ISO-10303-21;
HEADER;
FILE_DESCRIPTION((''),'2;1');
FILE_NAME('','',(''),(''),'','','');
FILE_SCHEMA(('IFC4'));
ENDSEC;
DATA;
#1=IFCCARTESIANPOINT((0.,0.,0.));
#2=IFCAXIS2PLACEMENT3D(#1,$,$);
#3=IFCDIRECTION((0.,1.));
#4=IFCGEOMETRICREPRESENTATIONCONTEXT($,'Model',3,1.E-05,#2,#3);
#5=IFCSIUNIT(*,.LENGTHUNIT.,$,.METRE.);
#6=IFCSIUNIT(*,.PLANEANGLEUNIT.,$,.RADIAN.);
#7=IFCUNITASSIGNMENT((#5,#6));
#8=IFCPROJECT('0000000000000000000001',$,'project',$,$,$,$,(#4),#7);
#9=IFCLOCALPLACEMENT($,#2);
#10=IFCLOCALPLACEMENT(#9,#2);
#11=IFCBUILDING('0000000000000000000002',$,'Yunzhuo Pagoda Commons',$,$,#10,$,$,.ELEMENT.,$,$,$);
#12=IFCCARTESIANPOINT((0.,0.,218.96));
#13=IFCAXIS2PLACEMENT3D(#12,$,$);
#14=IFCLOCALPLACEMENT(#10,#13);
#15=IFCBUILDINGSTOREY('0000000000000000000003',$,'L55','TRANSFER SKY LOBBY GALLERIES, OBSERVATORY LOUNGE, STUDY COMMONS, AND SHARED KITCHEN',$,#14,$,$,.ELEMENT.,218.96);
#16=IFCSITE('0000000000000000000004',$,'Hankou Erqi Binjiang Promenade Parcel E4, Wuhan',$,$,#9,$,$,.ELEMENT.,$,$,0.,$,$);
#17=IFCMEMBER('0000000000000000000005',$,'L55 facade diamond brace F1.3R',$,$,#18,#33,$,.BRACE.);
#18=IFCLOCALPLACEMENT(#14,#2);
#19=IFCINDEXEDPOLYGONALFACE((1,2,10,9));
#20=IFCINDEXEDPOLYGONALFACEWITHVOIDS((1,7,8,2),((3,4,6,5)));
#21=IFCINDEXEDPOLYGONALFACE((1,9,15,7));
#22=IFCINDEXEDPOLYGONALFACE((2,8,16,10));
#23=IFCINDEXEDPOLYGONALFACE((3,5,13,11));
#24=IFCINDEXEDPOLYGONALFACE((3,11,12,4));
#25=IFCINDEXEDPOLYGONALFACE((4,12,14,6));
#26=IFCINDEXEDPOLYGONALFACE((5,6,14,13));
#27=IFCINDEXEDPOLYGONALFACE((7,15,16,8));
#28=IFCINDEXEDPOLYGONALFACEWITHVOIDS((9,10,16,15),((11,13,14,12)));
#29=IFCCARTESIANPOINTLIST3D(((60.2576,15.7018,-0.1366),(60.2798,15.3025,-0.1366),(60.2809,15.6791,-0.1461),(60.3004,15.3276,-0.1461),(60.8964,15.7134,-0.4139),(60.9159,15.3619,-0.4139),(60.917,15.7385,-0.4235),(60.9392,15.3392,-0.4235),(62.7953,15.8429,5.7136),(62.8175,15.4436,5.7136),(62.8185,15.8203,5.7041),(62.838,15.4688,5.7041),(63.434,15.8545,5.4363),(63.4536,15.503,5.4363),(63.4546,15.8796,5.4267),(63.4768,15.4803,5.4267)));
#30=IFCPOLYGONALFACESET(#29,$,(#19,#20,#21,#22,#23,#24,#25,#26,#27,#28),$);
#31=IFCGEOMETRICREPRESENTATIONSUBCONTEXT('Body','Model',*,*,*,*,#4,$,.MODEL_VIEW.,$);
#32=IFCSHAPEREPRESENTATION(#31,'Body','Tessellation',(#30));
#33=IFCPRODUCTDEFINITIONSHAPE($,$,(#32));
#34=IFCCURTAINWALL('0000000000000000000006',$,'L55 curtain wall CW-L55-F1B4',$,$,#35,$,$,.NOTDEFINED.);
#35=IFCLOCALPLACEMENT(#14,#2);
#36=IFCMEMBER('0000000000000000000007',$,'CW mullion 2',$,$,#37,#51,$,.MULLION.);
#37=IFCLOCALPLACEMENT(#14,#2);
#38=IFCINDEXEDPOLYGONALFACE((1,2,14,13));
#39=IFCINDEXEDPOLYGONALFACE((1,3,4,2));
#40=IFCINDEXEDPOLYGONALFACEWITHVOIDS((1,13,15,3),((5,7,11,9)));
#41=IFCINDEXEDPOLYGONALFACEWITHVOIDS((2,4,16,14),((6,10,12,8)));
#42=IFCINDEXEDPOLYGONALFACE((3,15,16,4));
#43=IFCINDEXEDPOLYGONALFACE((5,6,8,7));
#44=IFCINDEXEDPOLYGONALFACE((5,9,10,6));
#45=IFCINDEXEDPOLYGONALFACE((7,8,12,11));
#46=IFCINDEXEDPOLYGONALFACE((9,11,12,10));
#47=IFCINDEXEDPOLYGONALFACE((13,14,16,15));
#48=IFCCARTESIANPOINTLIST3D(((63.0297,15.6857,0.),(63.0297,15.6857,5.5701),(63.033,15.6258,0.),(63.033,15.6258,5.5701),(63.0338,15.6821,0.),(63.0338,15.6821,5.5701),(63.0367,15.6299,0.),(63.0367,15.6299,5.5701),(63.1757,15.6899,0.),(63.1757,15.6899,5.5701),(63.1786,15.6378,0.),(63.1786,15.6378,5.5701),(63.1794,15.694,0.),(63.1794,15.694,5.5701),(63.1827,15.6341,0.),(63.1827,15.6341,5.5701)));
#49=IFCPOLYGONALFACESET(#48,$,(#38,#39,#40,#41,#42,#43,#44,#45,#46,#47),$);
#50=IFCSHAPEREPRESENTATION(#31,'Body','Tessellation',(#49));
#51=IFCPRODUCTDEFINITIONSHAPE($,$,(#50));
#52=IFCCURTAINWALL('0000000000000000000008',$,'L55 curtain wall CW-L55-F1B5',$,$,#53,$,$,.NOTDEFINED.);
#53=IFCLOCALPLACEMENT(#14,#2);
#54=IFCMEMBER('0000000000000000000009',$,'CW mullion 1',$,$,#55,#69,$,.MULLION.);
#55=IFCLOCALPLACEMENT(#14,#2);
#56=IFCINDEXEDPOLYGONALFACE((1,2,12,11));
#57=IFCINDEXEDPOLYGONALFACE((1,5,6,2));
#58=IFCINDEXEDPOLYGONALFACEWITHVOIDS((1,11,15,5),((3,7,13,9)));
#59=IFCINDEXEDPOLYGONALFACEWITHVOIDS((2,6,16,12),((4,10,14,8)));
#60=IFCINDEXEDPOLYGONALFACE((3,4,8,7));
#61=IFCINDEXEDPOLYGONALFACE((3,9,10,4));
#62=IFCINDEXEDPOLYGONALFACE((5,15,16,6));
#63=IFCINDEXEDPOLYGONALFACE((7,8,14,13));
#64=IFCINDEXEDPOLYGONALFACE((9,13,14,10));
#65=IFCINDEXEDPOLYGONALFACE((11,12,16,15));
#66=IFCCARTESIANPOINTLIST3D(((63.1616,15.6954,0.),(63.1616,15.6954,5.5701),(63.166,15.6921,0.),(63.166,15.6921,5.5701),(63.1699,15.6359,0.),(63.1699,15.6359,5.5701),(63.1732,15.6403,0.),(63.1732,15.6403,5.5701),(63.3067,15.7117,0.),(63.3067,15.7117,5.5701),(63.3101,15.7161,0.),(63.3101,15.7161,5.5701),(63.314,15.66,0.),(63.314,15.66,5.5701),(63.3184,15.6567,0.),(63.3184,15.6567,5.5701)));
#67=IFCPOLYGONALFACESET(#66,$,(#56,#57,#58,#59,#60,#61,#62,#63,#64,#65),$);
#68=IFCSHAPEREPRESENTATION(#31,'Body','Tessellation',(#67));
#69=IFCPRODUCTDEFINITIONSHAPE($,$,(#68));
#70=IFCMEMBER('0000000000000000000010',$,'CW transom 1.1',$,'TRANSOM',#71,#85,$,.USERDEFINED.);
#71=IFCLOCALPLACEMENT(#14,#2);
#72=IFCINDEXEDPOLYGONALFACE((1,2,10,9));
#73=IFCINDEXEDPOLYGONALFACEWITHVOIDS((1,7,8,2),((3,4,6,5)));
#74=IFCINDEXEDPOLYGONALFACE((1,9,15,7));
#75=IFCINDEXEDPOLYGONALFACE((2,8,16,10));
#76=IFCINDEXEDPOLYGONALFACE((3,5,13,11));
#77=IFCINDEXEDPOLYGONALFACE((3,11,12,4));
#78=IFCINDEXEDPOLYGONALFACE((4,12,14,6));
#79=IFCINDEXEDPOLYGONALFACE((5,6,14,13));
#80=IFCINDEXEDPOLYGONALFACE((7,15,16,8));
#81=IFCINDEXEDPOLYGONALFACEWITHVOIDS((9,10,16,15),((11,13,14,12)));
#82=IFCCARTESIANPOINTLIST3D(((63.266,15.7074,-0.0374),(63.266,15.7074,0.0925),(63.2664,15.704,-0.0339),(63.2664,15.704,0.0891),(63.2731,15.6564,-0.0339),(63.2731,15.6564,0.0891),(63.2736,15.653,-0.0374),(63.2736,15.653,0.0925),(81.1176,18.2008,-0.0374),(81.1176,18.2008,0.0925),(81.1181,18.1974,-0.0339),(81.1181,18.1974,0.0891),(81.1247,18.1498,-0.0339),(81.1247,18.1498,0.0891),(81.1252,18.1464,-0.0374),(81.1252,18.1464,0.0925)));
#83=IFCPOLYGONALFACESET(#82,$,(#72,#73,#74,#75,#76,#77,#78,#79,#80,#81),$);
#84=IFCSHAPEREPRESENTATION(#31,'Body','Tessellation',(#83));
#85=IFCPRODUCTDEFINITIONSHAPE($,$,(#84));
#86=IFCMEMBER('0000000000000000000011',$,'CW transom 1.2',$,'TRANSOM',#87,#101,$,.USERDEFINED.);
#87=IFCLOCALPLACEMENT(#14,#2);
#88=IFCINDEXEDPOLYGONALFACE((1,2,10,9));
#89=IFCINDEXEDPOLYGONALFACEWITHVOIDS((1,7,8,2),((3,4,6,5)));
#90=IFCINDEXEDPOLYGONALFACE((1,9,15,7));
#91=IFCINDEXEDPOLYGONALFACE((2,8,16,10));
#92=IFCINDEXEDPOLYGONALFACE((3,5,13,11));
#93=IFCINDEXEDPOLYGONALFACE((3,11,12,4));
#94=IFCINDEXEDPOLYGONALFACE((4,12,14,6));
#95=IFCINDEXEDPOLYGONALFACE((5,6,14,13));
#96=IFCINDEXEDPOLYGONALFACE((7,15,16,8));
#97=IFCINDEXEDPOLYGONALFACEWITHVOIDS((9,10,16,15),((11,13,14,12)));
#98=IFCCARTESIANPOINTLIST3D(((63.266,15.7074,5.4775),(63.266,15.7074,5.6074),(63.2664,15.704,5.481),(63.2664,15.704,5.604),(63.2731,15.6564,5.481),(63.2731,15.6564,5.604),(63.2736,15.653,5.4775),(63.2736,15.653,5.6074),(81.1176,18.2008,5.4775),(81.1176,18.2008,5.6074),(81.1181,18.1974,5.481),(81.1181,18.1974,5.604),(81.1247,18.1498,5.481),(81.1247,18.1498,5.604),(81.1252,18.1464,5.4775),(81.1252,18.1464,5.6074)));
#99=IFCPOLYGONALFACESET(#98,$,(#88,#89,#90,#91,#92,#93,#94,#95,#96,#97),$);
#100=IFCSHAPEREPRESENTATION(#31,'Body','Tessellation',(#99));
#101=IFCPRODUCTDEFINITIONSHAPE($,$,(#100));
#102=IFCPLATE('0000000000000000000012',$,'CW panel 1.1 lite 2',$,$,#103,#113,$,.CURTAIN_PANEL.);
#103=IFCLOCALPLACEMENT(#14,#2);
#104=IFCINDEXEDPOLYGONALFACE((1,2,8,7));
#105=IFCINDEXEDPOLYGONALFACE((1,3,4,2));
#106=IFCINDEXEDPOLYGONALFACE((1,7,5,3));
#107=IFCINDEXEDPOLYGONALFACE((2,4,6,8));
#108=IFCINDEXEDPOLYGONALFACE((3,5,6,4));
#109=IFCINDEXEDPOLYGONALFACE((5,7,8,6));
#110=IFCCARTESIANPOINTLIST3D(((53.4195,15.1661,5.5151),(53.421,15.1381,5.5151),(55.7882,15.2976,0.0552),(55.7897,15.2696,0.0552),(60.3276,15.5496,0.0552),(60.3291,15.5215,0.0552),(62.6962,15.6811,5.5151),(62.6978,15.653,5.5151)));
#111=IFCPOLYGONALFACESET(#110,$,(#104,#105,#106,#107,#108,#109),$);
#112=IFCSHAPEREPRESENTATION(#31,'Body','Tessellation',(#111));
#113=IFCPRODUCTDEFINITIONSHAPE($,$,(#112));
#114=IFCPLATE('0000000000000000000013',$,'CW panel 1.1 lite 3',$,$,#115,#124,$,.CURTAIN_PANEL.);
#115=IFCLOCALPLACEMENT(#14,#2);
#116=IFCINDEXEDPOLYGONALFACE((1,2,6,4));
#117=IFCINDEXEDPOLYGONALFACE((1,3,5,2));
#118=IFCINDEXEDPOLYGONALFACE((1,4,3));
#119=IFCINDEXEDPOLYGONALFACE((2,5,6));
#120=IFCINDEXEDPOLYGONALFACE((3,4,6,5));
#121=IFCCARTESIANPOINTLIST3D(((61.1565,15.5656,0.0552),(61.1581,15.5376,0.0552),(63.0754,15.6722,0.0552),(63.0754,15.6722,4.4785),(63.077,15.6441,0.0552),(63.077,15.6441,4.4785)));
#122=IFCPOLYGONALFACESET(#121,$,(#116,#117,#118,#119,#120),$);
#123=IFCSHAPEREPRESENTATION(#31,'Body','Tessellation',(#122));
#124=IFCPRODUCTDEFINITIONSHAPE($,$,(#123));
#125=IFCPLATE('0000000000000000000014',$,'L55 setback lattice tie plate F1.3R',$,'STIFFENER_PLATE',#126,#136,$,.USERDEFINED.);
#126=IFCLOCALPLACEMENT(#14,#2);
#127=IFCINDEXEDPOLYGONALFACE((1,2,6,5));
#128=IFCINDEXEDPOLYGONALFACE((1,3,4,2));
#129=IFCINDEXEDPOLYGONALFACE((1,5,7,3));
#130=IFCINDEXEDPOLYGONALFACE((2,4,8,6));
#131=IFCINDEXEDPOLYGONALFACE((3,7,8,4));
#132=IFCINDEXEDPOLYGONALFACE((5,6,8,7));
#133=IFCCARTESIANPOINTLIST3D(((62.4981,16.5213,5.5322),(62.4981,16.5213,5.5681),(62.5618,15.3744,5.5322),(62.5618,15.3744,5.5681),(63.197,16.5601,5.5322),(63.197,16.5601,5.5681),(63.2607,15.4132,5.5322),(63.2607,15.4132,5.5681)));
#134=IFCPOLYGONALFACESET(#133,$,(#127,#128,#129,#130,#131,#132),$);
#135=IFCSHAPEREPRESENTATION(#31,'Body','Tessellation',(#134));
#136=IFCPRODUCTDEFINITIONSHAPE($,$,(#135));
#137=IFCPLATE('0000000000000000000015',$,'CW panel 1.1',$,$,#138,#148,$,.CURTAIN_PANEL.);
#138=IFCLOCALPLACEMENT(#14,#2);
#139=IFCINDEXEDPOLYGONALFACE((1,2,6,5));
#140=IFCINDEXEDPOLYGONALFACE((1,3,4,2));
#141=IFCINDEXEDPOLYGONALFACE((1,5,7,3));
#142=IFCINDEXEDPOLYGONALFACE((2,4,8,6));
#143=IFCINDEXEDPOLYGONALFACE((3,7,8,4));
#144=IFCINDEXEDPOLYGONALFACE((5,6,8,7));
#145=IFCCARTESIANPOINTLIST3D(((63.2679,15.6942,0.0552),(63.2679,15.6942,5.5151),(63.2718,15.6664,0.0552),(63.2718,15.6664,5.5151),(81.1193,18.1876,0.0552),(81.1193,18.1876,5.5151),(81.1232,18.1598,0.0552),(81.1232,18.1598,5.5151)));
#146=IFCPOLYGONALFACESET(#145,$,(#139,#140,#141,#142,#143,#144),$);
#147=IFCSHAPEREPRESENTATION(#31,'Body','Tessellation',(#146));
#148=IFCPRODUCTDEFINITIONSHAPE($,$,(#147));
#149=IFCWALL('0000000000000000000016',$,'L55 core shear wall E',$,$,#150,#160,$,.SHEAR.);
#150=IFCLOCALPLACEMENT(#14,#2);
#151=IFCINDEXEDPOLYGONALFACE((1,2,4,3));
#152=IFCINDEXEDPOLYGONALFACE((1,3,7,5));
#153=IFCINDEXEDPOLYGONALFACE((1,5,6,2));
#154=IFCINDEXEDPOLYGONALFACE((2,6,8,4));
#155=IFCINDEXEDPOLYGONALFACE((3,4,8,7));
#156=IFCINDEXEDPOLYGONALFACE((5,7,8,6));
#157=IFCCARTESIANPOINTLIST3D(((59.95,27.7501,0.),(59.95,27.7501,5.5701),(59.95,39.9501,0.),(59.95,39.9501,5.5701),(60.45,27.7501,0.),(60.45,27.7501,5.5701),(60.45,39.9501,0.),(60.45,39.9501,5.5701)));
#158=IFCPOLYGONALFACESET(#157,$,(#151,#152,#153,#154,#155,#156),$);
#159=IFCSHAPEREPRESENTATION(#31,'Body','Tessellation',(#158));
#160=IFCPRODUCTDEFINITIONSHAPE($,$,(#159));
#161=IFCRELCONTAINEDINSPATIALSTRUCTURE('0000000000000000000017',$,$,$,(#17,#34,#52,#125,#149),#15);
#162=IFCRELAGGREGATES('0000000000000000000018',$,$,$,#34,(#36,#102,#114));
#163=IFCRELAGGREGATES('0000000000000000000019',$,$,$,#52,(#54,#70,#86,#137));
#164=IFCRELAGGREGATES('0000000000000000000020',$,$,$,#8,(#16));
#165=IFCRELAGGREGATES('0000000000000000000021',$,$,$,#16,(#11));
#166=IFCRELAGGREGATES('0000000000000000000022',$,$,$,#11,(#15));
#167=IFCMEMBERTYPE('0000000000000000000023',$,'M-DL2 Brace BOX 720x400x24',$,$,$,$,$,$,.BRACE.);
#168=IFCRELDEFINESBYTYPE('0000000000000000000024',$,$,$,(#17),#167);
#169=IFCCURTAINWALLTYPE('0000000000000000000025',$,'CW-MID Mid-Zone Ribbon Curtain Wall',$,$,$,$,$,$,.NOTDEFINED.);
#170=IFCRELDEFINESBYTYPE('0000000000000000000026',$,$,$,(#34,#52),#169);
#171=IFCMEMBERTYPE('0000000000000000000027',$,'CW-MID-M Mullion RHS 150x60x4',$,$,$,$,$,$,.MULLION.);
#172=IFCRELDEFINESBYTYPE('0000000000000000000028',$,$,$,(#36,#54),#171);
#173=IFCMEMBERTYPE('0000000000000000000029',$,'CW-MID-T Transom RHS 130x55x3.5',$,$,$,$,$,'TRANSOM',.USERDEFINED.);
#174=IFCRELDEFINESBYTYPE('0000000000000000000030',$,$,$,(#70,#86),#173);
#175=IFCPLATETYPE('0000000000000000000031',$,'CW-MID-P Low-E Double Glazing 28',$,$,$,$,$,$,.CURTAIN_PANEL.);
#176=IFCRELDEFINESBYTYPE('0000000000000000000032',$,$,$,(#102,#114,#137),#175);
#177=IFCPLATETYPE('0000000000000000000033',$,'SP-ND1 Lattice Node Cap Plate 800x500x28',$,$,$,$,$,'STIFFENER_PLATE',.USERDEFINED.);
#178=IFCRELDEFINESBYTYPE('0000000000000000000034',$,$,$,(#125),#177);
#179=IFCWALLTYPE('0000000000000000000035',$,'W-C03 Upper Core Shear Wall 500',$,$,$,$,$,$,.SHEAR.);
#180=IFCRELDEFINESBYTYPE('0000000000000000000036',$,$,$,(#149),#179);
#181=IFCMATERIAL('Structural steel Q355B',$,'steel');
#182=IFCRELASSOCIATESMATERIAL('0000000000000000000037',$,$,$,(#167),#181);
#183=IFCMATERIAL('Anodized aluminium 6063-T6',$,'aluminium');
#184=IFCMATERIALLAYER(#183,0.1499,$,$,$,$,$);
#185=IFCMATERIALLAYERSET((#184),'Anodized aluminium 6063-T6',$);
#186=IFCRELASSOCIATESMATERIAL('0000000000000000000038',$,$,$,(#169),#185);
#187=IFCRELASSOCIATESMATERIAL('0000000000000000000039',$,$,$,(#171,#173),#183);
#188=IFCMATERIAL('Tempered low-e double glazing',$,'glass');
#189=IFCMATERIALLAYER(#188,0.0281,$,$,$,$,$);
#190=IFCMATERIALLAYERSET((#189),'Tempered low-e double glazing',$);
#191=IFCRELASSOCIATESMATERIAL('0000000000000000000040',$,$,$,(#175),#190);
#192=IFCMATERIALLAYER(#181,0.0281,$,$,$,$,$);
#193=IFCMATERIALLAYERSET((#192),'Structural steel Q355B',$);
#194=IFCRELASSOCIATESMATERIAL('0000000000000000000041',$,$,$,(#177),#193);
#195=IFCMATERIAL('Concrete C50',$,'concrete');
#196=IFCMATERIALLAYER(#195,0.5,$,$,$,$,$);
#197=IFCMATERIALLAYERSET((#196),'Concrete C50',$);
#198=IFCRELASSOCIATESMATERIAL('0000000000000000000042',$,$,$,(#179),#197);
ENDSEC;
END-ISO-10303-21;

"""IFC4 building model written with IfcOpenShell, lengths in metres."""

from ifc_helpers import new_model, si_unit, direction, frame, frame_2d, origin, origin_2d, place, context, subcontext, project, spatial, polyline, rectangle, hollow_rectangle, outline, extrude, source, transform, mapped, material, layer, layer_set, material_profile, profile_set, type_object, element, aggregate, save


model = new_model("IFC4")

# Units and contexts
model_context = context("Model", 3, precision=1e-05, world=origin(), true_north=direction((0.0, 1.0)))
body_context = subcontext(model_context, "Body", "Model", "MODEL_VIEW")
ifc_project = project(units=[si_unit("LENGTHUNIT", "METRE"), si_unit("PLANEANGLEUNIT", "RADIAN")], contexts=[model_context])

# Site, building, storey
site_placement = place(None, origin())
site = spatial("IfcSite", under=ifc_project, at=site_placement, Name="Hankou Erqi Binjiang Promenade Parcel E4, Wuhan", CompositionType="ELEMENT", RefElevation=0.0)
building_placement = place(site_placement, origin())
building = spatial("IfcBuilding", under=site, at=building_placement, Name="Yunzhuo Pagoda Commons", CompositionType="ELEMENT")
storey_placement = place(building_placement, frame((0.0, 0.0, 218.96)))
storey = spatial("IfcBuildingStorey", under=building, at=storey_placement, Name="L55", Description="TRANSFER SKY LOBBY GALLERIES, OBSERVATORY LOUNGE, STUDY COMMONS, AND SHARED KITCHEN", CompositionType="ELEMENT", Elevation=218.96)

# Shared definitions
ifc_material_1 = material(Name="Structural steel Q355B", Category="steel")

# Member
ifc_material_profile_1 = material_profile(ifc_material_1, hollow_rectangle(XDim=0.3999, YDim=0.72, WallThickness=0.0239, at=origin_2d()), Name="Structural steel Q355B")
ifc_profile_set_1 = profile_set([ifc_material_profile_1], Name="Structural steel Q355B")
member_type_1 = type_object("IfcMemberType", Name="M-DL2 Brace BOX 720x400x24", PredefinedType="BRACE", material=ifc_profile_set_1)
shared_shape_1 = source(origin(), body_context, "Body", "SweptSolid", [
    extrude(hollow_rectangle(XDim=0.3999, YDim=0.72, WallThickness=0.0239, at=origin_2d()), origin(), (0.0, 0.0, 1.0), 6.3784),
])
for number, where, z_axis, x_axis, name in (
    (1, (60.5984, 15.5205, -0.28), (0.397847, 0.022124, 0.917185), (-0.055523, 0.998457, 0.0), "L55 facade diamond brace F1.3R"),
):
    element("IfcMember", number, at=place(storey_placement, frame(where, z_axis=z_axis, x_axis=x_axis)), inside=storey, type_object=member_type_1, Name=name, PredefinedType="BRACE", context=body_context, shape_type="MappedRepresentation", body=[
        mapped(shared_shape_1, transform((0.0, 0.0, 0.0), scale=1.0)),
    ])

# Curtain wall, member
ifc_material_2 = material(Name="Anodized aluminium 6063-T6", Category="aluminium")
ifc_layer_1 = layer(ifc_material_2, 0.1499)
ifc_layer_set_1 = layer_set([ifc_layer_1], Name="Anodized aluminium 6063-T6")
curtain_wall_type = type_object("IfcCurtainWallType", Name="CW-MID Mid-Zone Ribbon Curtain Wall", PredefinedType="NOTDEFINED", material=ifc_layer_set_1)
curtain_wall_1_placement = place(storey_placement, origin())
curtain_wall_1 = element("IfcCurtainWall", 2, at=curtain_wall_1_placement, inside=storey, type_object=curtain_wall_type, Name="L55 curtain wall CW-L55-F1B4", PredefinedType="NOTDEFINED")
ifc_material_profile_2 = material_profile(ifc_material_2, hollow_rectangle(XDim=0.0601, YDim=0.1499, WallThickness=0.0039, at=origin_2d()), Name="Anodized aluminium 6063-T6")
ifc_profile_set_2 = profile_set([ifc_material_profile_2], Name="Anodized aluminium 6063-T6")
member_type_2 = type_object("IfcMemberType", Name="CW-MID-M Mullion RHS 150x60x4", PredefinedType="MULLION", material=ifc_profile_set_2)
shared_shape_2 = source(origin(), body_context, "Body", "SweptSolid", [
    extrude(hollow_rectangle(XDim=0.0601, YDim=0.1499, WallThickness=0.0039, at=origin_2d()), origin(), (0.0, 0.0, 1.0), 5.5701),
])
member_1_placement = place(storey_placement, frame((63.1062, 15.6599, 0.0), z_axis=(0.0, 0.0, 1.0), x_axis=(-0.055423, 0.998463, 0.0)))
member_1 = element("IfcMember", 3, at=member_1_placement, type_object=member_type_2, Name="CW mullion 2", PredefinedType="MULLION", context=body_context, shape_type="MappedRepresentation", body=[
    mapped(shared_shape_2, transform((0.0, 0.0, 0.0), scale=1.0)),
])

# Curtain wall, members
curtain_wall_2_placement = place(storey_placement, origin())
curtain_wall_2 = element("IfcCurtainWall", 4, at=curtain_wall_2_placement, inside=storey, type_object=curtain_wall_type, Name="L55 curtain wall CW-L55-F1B5", PredefinedType="NOTDEFINED")
member_2_placement = place(storey_placement, frame((63.24, 15.676, 0.0), z_axis=(0.0, 0.0, 1.0), x_axis=(-0.138332, 0.990386, 0.0)))
member_2 = element("IfcMember", 5, at=member_2_placement, type_object=member_type_2, Name="CW mullion 1", PredefinedType="MULLION", context=body_context, shape_type="MappedRepresentation", body=[
    mapped(shared_shape_2, transform((0.0, 0.0, 0.0), scale=1.0)),
])
ifc_material_profile_3 = material_profile(ifc_material_2, hollow_rectangle(XDim=0.0549, YDim=0.1299, WallThickness=0.0034, at=origin_2d()), Name="Anodized aluminium 6063-T6")
ifc_profile_set_3 = profile_set([ifc_material_profile_3], Name="Anodized aluminium 6063-T6")
member_type_3 = type_object("IfcMemberType", Name="CW-MID-T Transom RHS 130x55x3.5", ElementType="TRANSOM", PredefinedType="USERDEFINED", material=ifc_profile_set_3)
shared_shape_3 = source(origin(), body_context, "Body", "SweptSolid", [
    extrude(hollow_rectangle(XDim=0.0549, YDim=0.1299, WallThickness=0.0034, at=origin_2d()), origin(), (0.0, 0.0, 1.0), 18.0249),
])
member_3_placement = place(storey_placement, frame((63.2698, 15.6802, 0.0276), z_axis=(0.990386, 0.138332, 0.0), x_axis=(-0.138332, 0.990386, 0.0)))
member_3 = element("IfcMember", 6, at=member_3_placement, type_object=member_type_3, Name="CW transom 1.1", ObjectType="TRANSOM", PredefinedType="USERDEFINED", context=body_context, shape_type="MappedRepresentation", body=[
    mapped(shared_shape_3, transform((0.0, 0.0, 0.0), scale=1.0)),
])
member_4_placement = place(storey_placement, frame((63.2698, 15.6802, 5.5425), z_axis=(0.990386, 0.138332, 0.0), x_axis=(-0.138332, 0.990386, 0.0)))
member_4 = element("IfcMember", 7, at=member_4_placement, type_object=member_type_3, Name="CW transom 1.2", ObjectType="TRANSOM", PredefinedType="USERDEFINED", context=body_context, shape_type="MappedRepresentation", body=[
    mapped(shared_shape_3, transform((0.0, 0.0, 0.0), scale=1.0)),
])

# Plates
ifc_material_3 = material(Name="Tempered low-e double glazing", Category="glass")
ifc_layer_2 = layer(ifc_material_3, 0.0281)
ifc_layer_set_2 = layer_set([ifc_layer_2], Name="Tempered low-e double glazing")
plate_type_1 = type_object("IfcPlateType", Name="CW-MID-P Low-E Double Glazing 28", PredefinedType="CURTAIN_PANEL", material=ifc_layer_set_2)
plate_1_placement = place(storey_placement, frame((58.0579, 15.4236, 2.7852), z_axis=(0.055423, -0.998463, 0.0), x_axis=(0.998463, 0.055423, 0.0)))
plate_1 = element("IfcPlate", 8, at=plate_1_placement, type_object=plate_type_1, Name="CW panel 1.1 lite 2", PredefinedType="CURTAIN_PANEL", context=body_context, shape_type="SweptSolid", body=[
    extrude(outline(polyline([(-4.6455, 2.73), (-2.2732, -2.73), (2.2732, -2.73), (4.6455, 2.73), (-4.6455, 2.73)])), origin(), (0.0, 0.0, 1.0), 0.0281),
])
plate_2_placement = place(storey_placement, frame((62.116, 15.6189, 2.2668), z_axis=(0.055423, -0.998463, 0.0), x_axis=(0.998463, 0.055423, 0.0)))
plate_2 = element("IfcPlate", 9, at=plate_2_placement, type_object=plate_type_1, Name="CW panel 1.1 lite 3", PredefinedType="CURTAIN_PANEL", context=body_context, shape_type="SweptSolid", body=[
    extrude(outline(polyline([(-0.9609, -2.2117), (0.9609, -2.2117), (0.9609, 2.2117), (-0.9609, -2.2117)])), origin(), (0.0, 0.0, 1.0), 0.0281),
])
aggregate(curtain_wall_1, [member_1, plate_1, plate_2])
ifc_layer_3 = layer(ifc_material_1, 0.0281)
ifc_layer_set_3 = layer_set([ifc_layer_3], Name="Structural steel Q355B")
plate_type_2 = type_object("IfcPlateType", Name="SP-ND1 Lattice Node Cap Plate 800x500x28", ElementType="STIFFENER_PLATE", PredefinedType="USERDEFINED", material=ifc_layer_set_3)
shared_shape_4 = source(origin(), body_context, "Body", "SweptSolid", [
    extrude(rectangle(XDim=0.7, YDim=1.1487, at=origin_2d()), origin(), (0.0, 0.0, 1.0), 0.0359),
])
plate_3_placement = place(storey_placement, frame((62.8794, 15.9673, 5.5322), z_axis=(0.0, 0.0, 1.0), x_axis=(0.998463, 0.055421, 0.0)))
element("IfcPlate", 10, at=plate_3_placement, inside=storey, type_object=plate_type_2, Name="L55 setback lattice tie plate F1.3R", ObjectType="STIFFENER_PLATE", PredefinedType="USERDEFINED", context=body_context, shape_type="MappedRepresentation", body=[
    mapped(shared_shape_4, transform((0.0, 0.0, 0.0), scale=1.0)),
])
shared_shape_5 = source(origin(), body_context, "Body", "SweptSolid", [
    extrude(rectangle(XDim=18.0247, YDim=0.0281, at=origin_2d()), origin(), (0.0, 0.0, 1.0), 5.46),
])
plate_4_placement = place(storey_placement, frame((72.1956, 16.927, 0.0552), z_axis=(0.0, 0.0, 1.0), x_axis=(0.990386, 0.138332, 0.0)))
plate_4 = element("IfcPlate", 11, at=plate_4_placement, type_object=plate_type_1, Name="CW panel 1.1", PredefinedType="CURTAIN_PANEL", context=body_context, shape_type="MappedRepresentation", body=[
    mapped(shared_shape_5, transform((0.0, 0.0, 0.0), scale=1.0)),
])
aggregate(curtain_wall_2, [member_2, member_3, member_4, plate_4])

# Wall
ifc_material_4 = material(Name="Concrete C50", Category="concrete")
ifc_layer_4 = layer(ifc_material_4, 0.5)
ifc_layer_set_4 = layer_set([ifc_layer_4], Name="Concrete C50")
wall_type_1 = type_object("IfcWallType", Name="W-C03 Upper Core Shear Wall 500", PredefinedType="SHEAR", material=ifc_layer_set_4)
wall_1_placement = place(storey_placement, frame((60.2, 27.75, 0.0), z_axis=(0.0, 0.0, 1.0), x_axis=(0.0, 1.0, 0.0)))
element("IfcWall", 12, at=wall_1_placement, inside=storey, type_object=wall_type_1, Name="L55 core shear wall E", PredefinedType="SHEAR", context=body_context, shape_type="SweptSolid", body=[
    extrude(rectangle(XDim=12.2, YDim=0.5, at=frame_2d((6.1001, 0.0))), origin(), (0.0, 0.0, 1.0), 5.5701),
])

save(model, "model.ifc")
